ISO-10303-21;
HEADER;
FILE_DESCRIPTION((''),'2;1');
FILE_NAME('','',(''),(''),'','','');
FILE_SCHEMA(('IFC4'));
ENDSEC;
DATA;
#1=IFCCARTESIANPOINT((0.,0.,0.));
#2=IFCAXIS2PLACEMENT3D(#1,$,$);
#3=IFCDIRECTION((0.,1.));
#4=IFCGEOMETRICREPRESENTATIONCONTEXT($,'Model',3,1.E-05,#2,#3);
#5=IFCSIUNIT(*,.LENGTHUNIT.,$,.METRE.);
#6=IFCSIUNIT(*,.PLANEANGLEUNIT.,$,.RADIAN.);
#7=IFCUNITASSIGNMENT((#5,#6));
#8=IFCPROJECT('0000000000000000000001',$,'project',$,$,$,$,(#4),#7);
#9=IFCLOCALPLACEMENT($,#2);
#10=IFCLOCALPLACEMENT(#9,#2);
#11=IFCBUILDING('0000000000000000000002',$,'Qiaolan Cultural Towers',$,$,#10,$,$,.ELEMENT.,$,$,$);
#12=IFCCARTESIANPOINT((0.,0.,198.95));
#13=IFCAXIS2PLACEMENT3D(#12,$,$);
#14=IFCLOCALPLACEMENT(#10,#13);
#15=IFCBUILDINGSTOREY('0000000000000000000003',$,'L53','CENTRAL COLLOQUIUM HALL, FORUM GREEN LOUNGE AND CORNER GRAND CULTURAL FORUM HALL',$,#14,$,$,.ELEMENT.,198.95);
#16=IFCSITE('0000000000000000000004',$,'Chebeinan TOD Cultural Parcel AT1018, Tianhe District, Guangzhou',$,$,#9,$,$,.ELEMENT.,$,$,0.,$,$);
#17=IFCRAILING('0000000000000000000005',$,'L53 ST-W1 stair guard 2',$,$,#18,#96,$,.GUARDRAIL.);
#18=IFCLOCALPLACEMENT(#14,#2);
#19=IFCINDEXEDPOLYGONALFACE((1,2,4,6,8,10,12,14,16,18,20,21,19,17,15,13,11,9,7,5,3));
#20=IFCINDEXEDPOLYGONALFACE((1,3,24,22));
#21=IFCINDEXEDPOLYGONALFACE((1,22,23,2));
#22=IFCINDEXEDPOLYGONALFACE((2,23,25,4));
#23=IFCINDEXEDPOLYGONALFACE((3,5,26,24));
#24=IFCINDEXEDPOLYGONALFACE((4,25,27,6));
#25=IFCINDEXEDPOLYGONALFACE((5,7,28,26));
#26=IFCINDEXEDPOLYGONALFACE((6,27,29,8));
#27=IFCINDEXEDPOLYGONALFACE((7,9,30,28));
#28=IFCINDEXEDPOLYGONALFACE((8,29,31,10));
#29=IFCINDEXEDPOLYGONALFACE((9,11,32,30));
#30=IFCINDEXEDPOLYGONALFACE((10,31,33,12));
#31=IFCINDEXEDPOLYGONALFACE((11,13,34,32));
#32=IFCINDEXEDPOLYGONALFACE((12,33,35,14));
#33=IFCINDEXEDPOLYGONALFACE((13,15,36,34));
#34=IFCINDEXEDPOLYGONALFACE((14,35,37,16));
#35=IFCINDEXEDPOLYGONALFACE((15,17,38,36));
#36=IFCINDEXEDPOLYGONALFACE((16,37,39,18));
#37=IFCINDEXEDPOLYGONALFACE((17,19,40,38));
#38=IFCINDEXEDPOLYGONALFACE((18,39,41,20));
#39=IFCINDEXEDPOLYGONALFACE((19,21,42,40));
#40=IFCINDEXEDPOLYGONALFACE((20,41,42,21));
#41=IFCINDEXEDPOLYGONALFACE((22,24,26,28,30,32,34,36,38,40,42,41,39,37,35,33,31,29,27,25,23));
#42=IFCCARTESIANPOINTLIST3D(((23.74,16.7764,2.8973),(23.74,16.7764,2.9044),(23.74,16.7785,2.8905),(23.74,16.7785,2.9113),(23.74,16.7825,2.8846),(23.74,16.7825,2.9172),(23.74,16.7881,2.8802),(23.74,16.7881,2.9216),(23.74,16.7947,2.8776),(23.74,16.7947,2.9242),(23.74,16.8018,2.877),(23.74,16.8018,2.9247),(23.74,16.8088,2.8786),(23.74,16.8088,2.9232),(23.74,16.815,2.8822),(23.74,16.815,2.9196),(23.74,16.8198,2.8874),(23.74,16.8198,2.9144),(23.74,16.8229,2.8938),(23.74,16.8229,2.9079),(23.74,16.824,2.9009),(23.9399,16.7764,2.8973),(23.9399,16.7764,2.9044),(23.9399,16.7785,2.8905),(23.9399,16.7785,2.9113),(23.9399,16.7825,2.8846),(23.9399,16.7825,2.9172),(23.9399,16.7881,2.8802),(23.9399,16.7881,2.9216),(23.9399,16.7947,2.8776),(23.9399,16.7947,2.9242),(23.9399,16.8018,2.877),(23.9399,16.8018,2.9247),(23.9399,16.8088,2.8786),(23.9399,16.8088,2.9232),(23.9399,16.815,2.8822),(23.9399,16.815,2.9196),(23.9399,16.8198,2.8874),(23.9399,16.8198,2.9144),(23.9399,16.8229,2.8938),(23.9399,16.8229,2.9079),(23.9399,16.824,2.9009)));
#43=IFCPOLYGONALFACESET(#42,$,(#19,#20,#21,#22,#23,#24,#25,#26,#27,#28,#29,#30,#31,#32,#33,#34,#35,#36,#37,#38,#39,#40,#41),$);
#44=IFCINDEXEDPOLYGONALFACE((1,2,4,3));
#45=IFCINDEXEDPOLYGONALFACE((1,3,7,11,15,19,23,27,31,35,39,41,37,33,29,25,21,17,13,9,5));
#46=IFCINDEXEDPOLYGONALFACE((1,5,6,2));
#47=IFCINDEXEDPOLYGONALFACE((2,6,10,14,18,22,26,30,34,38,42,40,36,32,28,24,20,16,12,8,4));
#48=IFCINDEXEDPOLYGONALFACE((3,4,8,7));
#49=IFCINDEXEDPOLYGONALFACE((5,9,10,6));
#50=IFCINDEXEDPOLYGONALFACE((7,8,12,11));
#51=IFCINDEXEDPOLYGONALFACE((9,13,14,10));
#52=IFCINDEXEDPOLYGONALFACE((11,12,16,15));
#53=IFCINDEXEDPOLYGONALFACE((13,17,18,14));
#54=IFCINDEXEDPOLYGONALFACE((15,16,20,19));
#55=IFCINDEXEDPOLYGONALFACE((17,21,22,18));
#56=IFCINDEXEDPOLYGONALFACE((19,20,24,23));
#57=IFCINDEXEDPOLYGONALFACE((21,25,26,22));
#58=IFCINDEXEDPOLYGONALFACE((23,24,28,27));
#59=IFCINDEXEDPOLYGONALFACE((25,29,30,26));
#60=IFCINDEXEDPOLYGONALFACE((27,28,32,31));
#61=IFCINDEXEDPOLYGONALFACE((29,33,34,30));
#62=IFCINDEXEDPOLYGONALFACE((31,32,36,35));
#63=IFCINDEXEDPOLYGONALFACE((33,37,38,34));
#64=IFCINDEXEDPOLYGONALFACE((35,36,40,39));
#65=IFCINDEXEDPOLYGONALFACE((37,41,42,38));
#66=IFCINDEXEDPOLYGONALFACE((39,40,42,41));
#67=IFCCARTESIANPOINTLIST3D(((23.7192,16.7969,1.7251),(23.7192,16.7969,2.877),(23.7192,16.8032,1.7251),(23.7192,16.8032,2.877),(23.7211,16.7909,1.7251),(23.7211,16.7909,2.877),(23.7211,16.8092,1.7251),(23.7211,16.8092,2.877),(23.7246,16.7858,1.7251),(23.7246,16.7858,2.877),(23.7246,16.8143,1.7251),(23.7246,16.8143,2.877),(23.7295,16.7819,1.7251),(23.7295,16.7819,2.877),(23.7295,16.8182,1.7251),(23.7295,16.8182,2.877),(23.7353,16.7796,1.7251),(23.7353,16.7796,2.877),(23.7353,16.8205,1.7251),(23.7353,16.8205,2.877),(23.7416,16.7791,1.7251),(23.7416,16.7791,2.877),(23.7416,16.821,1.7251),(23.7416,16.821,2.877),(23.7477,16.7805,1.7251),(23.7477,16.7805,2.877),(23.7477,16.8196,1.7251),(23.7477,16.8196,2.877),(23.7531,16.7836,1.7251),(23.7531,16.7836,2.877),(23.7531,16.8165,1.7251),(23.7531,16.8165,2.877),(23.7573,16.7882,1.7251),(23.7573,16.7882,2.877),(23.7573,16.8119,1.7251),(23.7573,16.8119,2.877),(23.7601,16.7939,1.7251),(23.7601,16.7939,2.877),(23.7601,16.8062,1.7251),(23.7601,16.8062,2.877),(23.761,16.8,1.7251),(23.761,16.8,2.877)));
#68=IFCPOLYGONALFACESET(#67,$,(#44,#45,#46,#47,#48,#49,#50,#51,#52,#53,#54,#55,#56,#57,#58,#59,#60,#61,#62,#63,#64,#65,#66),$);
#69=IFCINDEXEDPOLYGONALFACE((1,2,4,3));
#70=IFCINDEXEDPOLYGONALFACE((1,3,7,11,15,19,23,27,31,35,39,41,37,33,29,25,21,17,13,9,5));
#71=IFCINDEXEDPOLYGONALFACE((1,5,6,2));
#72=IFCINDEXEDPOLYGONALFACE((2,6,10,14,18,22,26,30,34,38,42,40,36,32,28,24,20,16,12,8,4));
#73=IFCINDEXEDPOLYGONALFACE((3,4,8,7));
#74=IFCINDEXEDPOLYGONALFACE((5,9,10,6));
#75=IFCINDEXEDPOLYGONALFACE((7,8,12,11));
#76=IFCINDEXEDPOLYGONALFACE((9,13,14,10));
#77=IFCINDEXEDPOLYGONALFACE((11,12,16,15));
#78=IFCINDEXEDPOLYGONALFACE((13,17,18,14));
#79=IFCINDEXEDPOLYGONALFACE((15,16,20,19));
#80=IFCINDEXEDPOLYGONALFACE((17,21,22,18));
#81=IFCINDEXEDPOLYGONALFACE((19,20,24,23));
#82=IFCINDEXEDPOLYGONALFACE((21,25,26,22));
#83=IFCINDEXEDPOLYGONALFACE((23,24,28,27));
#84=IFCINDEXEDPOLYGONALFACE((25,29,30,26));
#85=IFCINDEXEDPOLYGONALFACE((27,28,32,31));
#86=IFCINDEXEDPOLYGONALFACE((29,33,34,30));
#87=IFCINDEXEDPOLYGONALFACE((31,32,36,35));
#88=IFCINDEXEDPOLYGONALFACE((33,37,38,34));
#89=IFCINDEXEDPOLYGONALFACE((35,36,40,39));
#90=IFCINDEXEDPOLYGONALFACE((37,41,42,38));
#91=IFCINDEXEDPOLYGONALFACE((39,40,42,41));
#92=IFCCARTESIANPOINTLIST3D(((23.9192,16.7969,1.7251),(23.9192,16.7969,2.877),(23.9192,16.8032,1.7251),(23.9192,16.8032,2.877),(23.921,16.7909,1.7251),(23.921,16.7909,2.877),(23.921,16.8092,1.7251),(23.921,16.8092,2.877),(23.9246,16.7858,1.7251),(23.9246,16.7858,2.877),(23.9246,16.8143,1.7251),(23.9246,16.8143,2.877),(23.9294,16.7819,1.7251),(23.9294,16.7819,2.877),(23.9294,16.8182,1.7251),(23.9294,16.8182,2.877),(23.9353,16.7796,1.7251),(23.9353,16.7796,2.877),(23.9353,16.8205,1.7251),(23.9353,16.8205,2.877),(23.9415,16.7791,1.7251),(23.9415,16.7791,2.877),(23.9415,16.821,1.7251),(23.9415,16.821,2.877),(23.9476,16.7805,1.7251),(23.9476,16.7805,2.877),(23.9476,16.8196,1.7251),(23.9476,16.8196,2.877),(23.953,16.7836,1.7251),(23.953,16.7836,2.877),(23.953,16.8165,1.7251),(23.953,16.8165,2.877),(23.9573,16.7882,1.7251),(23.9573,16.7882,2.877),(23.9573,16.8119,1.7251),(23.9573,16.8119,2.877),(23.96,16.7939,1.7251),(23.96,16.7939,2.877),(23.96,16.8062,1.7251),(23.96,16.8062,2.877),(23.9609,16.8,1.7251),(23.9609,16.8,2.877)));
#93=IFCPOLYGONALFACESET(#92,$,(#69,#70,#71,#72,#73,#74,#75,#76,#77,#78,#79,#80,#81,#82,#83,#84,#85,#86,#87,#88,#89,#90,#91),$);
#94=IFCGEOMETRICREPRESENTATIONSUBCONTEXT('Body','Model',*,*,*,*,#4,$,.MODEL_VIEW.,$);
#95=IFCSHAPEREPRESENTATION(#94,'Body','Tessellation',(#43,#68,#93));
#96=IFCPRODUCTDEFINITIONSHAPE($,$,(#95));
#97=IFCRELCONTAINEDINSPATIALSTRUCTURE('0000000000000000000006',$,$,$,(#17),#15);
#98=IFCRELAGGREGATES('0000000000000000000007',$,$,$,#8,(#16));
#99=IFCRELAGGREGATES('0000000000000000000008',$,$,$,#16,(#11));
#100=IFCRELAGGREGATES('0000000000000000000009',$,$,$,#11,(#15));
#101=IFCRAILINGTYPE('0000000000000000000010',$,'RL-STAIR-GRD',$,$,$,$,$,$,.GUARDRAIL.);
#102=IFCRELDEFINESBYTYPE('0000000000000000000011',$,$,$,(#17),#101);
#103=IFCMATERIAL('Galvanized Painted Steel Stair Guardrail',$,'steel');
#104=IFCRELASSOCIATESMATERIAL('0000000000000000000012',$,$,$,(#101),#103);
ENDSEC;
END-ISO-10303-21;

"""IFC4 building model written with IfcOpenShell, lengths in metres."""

from ifc_helpers import new_model, si_unit, direction, frame, origin, origin_2d, place, context, subcontext, project, spatial, circle, extrude, material, type_object, element, save


model = new_model("IFC4")

# Units and contexts
model_context = context("Model", 3, precision=1e-05, world=origin(), true_north=direction((0.0, 1.0)))
body_context = subcontext(model_context, "Body", "Model", "MODEL_VIEW")
ifc_project = project(units=[si_unit("LENGTHUNIT", "METRE"), si_unit("PLANEANGLEUNIT", "RADIAN")], contexts=[model_context])

# Site, building, storey
site_placement = place(None, origin())
site = spatial("IfcSite", under=ifc_project, at=site_placement, Name="Chebeinan TOD Cultural Parcel AT1018, Tianhe District, Guangzhou", CompositionType="ELEMENT", RefElevation=0.0)
building_placement = place(site_placement, origin())
building = spatial("IfcBuilding", under=site, at=building_placement, Name="Qiaolan Cultural Towers", CompositionType="ELEMENT")
storey_placement = place(building_placement, frame((0.0, 0.0, 198.95)))
storey = spatial("IfcBuildingStorey", under=building, at=storey_placement, Name="L53", Description="CENTRAL COLLOQUIUM HALL, FORUM GREEN LOUNGE AND CORNER GRAND CULTURAL FORUM HALL", CompositionType="ELEMENT", Elevation=198.95)

# Railing
ifc_material_1 = material(Name="Galvanized Painted Steel Stair Guardrail", Category="steel")
railing_type_1 = type_object("IfcRailingType", Name="RL-STAIR-GRD", PredefinedType="GUARDRAIL", material=ifc_material_1)
railing_1_placement = place(storey_placement, frame((23.74, 16.8, 1.7251)))
element("IfcRailing", 1, at=railing_1_placement, inside=storey, type_object=railing_type_1, Name="L53 ST-W1 stair guard 2", PredefinedType="GUARDRAIL", context=body_context, shape_type="SweptSolid", body=[
    extrude(circle(Radius=0.0239, at=origin_2d()), frame((0.0, 0.0, 1.1758), z_axis=(1.0, 0.0, 0.0), x_axis=(0.0, 1.0, 0.0)), (0.0, 0.0, 1.0), 0.2),
    extrude(circle(Radius=0.021, at=origin_2d()), origin(), (0.0, 0.0, 1.0), 1.1519),
    extrude(circle(Radius=0.021, at=origin_2d()), frame((0.2, 0.0, 0.0)), (0.0, 0.0, 1.0), 1.1519),
])

save(model, "model.ifc")
